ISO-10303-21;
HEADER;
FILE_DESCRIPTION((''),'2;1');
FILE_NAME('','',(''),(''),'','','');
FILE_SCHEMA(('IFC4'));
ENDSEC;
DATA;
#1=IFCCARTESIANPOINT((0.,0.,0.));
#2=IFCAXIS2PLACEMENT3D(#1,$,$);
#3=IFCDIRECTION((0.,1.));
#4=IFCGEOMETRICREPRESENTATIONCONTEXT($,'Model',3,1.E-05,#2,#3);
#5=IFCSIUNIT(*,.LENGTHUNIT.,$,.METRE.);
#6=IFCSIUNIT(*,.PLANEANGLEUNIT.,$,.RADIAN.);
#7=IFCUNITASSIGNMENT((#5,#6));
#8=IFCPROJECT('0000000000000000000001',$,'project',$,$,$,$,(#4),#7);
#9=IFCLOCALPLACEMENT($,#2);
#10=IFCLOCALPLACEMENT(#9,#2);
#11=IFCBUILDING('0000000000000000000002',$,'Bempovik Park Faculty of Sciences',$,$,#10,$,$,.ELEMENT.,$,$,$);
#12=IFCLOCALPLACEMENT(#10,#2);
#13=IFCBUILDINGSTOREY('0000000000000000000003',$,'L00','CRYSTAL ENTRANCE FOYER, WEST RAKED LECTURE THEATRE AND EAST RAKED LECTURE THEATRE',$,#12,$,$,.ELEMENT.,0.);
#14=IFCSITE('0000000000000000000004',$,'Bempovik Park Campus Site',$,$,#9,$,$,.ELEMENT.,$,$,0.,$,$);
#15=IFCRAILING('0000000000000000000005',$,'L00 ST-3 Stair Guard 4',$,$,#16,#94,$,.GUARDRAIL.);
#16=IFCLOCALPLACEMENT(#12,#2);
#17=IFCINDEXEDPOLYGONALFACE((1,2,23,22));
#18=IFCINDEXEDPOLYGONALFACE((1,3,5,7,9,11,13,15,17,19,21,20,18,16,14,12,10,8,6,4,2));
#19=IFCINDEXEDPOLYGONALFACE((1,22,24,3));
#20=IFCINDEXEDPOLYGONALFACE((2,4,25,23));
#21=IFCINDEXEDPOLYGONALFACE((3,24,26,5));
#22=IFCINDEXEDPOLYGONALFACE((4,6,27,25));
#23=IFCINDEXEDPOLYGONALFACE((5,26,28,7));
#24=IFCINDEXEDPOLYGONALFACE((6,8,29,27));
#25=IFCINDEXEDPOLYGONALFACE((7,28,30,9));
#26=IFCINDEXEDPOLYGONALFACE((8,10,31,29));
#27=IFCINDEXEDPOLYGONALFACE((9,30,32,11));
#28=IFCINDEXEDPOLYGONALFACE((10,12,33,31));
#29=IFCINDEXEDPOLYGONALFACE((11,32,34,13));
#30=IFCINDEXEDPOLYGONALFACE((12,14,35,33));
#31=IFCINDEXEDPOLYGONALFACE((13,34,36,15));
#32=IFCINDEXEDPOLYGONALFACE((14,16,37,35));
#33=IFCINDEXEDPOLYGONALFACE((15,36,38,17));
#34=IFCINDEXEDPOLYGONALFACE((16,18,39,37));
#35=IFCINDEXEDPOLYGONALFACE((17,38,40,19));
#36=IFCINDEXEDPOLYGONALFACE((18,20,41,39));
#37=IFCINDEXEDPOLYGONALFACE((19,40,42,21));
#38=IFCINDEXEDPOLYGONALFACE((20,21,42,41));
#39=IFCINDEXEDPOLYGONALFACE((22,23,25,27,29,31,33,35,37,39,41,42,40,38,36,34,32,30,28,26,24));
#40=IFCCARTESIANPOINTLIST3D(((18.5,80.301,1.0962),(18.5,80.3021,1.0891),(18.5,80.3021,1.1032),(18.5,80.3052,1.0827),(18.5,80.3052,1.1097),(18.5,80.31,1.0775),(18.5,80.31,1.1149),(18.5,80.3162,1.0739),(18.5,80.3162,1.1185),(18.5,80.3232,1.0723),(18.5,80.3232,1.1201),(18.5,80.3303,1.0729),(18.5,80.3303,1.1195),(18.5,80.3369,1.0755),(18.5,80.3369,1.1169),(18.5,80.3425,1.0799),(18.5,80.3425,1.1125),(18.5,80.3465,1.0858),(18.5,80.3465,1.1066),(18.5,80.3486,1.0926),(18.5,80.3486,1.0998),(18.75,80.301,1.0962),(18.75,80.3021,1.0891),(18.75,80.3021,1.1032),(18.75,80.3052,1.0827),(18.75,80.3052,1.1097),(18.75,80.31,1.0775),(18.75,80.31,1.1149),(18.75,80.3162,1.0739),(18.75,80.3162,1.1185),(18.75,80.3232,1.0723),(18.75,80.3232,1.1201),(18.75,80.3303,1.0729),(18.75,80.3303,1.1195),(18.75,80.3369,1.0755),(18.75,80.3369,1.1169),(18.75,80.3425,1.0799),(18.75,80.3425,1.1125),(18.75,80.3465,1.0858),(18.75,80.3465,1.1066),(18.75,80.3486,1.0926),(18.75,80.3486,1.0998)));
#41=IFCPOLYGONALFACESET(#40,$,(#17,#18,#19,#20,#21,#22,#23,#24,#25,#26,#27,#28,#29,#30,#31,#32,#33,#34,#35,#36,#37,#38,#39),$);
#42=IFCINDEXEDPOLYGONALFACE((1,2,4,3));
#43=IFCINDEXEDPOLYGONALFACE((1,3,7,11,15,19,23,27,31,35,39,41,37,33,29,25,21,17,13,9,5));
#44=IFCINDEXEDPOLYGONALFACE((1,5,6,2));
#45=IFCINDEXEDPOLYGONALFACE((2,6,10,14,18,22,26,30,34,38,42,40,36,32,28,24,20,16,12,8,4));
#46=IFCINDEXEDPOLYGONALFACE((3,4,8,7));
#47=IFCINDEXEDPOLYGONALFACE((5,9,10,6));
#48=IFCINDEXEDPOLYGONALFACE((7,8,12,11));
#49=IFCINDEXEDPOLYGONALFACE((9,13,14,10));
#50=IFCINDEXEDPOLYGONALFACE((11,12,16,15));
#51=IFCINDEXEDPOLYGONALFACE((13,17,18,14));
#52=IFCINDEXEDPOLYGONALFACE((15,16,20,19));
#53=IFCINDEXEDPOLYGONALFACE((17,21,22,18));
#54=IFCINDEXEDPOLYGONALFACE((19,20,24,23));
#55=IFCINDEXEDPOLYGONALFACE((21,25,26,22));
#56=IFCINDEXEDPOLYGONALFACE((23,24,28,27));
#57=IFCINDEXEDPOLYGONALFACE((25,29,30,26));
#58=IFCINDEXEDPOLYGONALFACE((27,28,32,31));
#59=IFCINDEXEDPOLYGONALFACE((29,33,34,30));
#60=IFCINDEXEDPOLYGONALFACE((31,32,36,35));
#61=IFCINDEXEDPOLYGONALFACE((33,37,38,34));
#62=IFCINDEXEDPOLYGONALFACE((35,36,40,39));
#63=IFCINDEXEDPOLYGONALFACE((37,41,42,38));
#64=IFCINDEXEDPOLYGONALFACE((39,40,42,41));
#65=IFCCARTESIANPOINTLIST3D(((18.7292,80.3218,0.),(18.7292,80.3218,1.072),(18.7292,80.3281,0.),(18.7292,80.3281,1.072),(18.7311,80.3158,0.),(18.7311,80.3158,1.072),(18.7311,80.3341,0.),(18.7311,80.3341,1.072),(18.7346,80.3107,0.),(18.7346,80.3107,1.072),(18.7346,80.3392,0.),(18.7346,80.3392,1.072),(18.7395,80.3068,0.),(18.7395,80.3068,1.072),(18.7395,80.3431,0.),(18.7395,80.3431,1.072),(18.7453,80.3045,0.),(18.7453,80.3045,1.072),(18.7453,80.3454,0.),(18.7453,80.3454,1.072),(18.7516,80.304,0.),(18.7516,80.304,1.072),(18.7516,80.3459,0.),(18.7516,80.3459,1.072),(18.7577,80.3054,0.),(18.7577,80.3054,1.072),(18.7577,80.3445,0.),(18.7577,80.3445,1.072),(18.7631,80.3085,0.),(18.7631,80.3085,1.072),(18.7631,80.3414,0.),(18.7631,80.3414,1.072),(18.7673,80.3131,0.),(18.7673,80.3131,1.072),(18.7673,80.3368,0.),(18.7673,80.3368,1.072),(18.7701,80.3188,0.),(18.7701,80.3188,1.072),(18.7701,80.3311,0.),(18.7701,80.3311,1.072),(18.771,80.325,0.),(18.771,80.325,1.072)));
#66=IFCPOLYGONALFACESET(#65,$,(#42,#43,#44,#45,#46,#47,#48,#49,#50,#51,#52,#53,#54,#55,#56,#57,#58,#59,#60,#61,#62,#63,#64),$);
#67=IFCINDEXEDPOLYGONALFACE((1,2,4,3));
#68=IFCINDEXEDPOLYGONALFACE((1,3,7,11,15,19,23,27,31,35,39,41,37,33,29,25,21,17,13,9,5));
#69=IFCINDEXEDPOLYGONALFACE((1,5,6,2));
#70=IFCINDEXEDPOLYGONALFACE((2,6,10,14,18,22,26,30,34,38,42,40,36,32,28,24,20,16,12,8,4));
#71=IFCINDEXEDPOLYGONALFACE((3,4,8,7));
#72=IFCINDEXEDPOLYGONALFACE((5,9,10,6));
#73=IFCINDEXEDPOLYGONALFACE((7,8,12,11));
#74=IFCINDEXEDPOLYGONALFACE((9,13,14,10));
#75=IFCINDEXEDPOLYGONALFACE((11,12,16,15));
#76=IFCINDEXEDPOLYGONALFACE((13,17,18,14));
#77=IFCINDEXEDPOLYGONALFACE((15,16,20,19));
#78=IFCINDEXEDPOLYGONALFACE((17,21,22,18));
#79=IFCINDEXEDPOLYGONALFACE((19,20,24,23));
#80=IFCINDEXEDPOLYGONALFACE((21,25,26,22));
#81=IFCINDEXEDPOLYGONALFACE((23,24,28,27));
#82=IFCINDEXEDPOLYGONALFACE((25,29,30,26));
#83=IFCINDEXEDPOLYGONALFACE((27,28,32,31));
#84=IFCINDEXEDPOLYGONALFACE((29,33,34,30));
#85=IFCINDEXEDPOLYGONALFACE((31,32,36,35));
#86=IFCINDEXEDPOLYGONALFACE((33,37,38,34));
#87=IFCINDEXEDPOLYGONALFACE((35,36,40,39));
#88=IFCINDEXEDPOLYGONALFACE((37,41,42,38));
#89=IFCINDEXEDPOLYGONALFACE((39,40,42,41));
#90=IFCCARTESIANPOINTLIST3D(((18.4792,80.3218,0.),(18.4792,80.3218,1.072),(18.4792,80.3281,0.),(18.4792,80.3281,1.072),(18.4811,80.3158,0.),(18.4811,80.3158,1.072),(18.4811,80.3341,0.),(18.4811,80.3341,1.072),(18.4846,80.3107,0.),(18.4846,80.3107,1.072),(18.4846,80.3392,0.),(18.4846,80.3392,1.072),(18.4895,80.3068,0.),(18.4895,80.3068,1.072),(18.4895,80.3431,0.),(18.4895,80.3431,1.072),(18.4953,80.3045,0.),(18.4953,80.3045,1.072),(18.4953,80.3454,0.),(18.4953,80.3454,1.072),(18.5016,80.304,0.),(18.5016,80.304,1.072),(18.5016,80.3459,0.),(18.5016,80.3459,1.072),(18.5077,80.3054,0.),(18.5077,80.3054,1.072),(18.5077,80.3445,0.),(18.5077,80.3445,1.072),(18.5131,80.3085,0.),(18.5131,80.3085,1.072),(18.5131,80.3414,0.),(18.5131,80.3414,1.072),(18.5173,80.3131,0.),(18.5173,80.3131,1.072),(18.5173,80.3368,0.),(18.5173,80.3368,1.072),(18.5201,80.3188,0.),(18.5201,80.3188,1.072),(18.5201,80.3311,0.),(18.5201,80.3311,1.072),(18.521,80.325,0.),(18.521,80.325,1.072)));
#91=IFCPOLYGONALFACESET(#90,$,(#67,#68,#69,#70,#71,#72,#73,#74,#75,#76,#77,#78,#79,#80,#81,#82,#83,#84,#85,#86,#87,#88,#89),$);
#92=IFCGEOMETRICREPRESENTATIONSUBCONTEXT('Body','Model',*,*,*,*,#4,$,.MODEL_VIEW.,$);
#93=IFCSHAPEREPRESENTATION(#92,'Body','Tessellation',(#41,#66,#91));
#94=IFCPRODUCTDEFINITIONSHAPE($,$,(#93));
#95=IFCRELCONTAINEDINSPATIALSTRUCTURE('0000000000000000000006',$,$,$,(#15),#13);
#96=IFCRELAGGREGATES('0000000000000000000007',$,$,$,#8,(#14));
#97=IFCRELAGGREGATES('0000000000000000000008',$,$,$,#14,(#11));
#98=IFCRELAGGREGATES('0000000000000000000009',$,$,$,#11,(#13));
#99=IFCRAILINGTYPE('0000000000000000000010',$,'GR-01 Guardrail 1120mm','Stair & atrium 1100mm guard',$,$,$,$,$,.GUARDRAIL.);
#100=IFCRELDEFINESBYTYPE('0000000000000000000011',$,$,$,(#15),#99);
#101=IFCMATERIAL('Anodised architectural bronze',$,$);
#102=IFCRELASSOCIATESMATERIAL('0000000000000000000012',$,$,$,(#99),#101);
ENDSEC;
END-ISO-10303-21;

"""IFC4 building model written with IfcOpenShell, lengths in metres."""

from ifc_helpers import new_model, si_unit, direction, frame, origin, origin_2d, place, context, subcontext, project, spatial, circle, extrude, material, type_object, element, save


model = new_model("IFC4")

# Units and contexts
model_context = context("Model", 3, precision=1e-05, world=origin(), true_north=direction((0.0, 1.0)))
body_context = subcontext(model_context, "Body", "Model", "MODEL_VIEW")
ifc_project = project(units=[si_unit("LENGTHUNIT", "METRE"), si_unit("PLANEANGLEUNIT", "RADIAN")], contexts=[model_context])

# Site, building, storey
site_placement = place(None, origin())
site = spatial("IfcSite", under=ifc_project, at=site_placement, Name="Bempovik Park Campus Site", CompositionType="ELEMENT", RefElevation=0.0)
building_placement = place(site_placement, origin())
building = spatial("IfcBuilding", under=site, at=building_placement, Name="Bempovik Park Faculty of Sciences", CompositionType="ELEMENT")
storey_placement = place(building_placement, origin())
storey = spatial("IfcBuildingStorey", under=building, at=storey_placement, Name="L00", Description="CRYSTAL ENTRANCE FOYER, WEST RAKED LECTURE THEATRE AND EAST RAKED LECTURE THEATRE", CompositionType="ELEMENT", Elevation=0.0)

# Railing
ifc_material_1 = material(Name="Anodised architectural bronze")
railing_type_1 = type_object("IfcRailingType", Name="GR-01 Guardrail 1120mm", Description="Stair & atrium 1100mm guard", PredefinedType="GUARDRAIL", material=ifc_material_1)
railing_1_placement = place(storey_placement, frame((18.75, 80.325, 0.0)))
element("IfcRailing", 1, at=railing_1_placement, inside=storey, type_object=railing_type_1, Name="L00 ST-3 Stair Guard 4", PredefinedType="GUARDRAIL", context=body_context, shape_type="SweptSolid", body=[
    extrude(circle(Radius=0.0239, at=origin_2d()), frame((0.0, 0.0, 1.0962), z_axis=(-1.0, 0.0, 0.0), x_axis=(0.0, -1.0, 0.0)), (0.0, 0.0, 1.0), 0.25),
    extrude(circle(Radius=0.021, at=origin_2d()), origin(), (0.0, 0.0, 1.0), 1.072),
    extrude(circle(Radius=0.021, at=origin_2d()), frame((-0.25, 0.0, 0.0)), (0.0, 0.0, 1.0), 1.072),
])

save(model, "model.ifc")
